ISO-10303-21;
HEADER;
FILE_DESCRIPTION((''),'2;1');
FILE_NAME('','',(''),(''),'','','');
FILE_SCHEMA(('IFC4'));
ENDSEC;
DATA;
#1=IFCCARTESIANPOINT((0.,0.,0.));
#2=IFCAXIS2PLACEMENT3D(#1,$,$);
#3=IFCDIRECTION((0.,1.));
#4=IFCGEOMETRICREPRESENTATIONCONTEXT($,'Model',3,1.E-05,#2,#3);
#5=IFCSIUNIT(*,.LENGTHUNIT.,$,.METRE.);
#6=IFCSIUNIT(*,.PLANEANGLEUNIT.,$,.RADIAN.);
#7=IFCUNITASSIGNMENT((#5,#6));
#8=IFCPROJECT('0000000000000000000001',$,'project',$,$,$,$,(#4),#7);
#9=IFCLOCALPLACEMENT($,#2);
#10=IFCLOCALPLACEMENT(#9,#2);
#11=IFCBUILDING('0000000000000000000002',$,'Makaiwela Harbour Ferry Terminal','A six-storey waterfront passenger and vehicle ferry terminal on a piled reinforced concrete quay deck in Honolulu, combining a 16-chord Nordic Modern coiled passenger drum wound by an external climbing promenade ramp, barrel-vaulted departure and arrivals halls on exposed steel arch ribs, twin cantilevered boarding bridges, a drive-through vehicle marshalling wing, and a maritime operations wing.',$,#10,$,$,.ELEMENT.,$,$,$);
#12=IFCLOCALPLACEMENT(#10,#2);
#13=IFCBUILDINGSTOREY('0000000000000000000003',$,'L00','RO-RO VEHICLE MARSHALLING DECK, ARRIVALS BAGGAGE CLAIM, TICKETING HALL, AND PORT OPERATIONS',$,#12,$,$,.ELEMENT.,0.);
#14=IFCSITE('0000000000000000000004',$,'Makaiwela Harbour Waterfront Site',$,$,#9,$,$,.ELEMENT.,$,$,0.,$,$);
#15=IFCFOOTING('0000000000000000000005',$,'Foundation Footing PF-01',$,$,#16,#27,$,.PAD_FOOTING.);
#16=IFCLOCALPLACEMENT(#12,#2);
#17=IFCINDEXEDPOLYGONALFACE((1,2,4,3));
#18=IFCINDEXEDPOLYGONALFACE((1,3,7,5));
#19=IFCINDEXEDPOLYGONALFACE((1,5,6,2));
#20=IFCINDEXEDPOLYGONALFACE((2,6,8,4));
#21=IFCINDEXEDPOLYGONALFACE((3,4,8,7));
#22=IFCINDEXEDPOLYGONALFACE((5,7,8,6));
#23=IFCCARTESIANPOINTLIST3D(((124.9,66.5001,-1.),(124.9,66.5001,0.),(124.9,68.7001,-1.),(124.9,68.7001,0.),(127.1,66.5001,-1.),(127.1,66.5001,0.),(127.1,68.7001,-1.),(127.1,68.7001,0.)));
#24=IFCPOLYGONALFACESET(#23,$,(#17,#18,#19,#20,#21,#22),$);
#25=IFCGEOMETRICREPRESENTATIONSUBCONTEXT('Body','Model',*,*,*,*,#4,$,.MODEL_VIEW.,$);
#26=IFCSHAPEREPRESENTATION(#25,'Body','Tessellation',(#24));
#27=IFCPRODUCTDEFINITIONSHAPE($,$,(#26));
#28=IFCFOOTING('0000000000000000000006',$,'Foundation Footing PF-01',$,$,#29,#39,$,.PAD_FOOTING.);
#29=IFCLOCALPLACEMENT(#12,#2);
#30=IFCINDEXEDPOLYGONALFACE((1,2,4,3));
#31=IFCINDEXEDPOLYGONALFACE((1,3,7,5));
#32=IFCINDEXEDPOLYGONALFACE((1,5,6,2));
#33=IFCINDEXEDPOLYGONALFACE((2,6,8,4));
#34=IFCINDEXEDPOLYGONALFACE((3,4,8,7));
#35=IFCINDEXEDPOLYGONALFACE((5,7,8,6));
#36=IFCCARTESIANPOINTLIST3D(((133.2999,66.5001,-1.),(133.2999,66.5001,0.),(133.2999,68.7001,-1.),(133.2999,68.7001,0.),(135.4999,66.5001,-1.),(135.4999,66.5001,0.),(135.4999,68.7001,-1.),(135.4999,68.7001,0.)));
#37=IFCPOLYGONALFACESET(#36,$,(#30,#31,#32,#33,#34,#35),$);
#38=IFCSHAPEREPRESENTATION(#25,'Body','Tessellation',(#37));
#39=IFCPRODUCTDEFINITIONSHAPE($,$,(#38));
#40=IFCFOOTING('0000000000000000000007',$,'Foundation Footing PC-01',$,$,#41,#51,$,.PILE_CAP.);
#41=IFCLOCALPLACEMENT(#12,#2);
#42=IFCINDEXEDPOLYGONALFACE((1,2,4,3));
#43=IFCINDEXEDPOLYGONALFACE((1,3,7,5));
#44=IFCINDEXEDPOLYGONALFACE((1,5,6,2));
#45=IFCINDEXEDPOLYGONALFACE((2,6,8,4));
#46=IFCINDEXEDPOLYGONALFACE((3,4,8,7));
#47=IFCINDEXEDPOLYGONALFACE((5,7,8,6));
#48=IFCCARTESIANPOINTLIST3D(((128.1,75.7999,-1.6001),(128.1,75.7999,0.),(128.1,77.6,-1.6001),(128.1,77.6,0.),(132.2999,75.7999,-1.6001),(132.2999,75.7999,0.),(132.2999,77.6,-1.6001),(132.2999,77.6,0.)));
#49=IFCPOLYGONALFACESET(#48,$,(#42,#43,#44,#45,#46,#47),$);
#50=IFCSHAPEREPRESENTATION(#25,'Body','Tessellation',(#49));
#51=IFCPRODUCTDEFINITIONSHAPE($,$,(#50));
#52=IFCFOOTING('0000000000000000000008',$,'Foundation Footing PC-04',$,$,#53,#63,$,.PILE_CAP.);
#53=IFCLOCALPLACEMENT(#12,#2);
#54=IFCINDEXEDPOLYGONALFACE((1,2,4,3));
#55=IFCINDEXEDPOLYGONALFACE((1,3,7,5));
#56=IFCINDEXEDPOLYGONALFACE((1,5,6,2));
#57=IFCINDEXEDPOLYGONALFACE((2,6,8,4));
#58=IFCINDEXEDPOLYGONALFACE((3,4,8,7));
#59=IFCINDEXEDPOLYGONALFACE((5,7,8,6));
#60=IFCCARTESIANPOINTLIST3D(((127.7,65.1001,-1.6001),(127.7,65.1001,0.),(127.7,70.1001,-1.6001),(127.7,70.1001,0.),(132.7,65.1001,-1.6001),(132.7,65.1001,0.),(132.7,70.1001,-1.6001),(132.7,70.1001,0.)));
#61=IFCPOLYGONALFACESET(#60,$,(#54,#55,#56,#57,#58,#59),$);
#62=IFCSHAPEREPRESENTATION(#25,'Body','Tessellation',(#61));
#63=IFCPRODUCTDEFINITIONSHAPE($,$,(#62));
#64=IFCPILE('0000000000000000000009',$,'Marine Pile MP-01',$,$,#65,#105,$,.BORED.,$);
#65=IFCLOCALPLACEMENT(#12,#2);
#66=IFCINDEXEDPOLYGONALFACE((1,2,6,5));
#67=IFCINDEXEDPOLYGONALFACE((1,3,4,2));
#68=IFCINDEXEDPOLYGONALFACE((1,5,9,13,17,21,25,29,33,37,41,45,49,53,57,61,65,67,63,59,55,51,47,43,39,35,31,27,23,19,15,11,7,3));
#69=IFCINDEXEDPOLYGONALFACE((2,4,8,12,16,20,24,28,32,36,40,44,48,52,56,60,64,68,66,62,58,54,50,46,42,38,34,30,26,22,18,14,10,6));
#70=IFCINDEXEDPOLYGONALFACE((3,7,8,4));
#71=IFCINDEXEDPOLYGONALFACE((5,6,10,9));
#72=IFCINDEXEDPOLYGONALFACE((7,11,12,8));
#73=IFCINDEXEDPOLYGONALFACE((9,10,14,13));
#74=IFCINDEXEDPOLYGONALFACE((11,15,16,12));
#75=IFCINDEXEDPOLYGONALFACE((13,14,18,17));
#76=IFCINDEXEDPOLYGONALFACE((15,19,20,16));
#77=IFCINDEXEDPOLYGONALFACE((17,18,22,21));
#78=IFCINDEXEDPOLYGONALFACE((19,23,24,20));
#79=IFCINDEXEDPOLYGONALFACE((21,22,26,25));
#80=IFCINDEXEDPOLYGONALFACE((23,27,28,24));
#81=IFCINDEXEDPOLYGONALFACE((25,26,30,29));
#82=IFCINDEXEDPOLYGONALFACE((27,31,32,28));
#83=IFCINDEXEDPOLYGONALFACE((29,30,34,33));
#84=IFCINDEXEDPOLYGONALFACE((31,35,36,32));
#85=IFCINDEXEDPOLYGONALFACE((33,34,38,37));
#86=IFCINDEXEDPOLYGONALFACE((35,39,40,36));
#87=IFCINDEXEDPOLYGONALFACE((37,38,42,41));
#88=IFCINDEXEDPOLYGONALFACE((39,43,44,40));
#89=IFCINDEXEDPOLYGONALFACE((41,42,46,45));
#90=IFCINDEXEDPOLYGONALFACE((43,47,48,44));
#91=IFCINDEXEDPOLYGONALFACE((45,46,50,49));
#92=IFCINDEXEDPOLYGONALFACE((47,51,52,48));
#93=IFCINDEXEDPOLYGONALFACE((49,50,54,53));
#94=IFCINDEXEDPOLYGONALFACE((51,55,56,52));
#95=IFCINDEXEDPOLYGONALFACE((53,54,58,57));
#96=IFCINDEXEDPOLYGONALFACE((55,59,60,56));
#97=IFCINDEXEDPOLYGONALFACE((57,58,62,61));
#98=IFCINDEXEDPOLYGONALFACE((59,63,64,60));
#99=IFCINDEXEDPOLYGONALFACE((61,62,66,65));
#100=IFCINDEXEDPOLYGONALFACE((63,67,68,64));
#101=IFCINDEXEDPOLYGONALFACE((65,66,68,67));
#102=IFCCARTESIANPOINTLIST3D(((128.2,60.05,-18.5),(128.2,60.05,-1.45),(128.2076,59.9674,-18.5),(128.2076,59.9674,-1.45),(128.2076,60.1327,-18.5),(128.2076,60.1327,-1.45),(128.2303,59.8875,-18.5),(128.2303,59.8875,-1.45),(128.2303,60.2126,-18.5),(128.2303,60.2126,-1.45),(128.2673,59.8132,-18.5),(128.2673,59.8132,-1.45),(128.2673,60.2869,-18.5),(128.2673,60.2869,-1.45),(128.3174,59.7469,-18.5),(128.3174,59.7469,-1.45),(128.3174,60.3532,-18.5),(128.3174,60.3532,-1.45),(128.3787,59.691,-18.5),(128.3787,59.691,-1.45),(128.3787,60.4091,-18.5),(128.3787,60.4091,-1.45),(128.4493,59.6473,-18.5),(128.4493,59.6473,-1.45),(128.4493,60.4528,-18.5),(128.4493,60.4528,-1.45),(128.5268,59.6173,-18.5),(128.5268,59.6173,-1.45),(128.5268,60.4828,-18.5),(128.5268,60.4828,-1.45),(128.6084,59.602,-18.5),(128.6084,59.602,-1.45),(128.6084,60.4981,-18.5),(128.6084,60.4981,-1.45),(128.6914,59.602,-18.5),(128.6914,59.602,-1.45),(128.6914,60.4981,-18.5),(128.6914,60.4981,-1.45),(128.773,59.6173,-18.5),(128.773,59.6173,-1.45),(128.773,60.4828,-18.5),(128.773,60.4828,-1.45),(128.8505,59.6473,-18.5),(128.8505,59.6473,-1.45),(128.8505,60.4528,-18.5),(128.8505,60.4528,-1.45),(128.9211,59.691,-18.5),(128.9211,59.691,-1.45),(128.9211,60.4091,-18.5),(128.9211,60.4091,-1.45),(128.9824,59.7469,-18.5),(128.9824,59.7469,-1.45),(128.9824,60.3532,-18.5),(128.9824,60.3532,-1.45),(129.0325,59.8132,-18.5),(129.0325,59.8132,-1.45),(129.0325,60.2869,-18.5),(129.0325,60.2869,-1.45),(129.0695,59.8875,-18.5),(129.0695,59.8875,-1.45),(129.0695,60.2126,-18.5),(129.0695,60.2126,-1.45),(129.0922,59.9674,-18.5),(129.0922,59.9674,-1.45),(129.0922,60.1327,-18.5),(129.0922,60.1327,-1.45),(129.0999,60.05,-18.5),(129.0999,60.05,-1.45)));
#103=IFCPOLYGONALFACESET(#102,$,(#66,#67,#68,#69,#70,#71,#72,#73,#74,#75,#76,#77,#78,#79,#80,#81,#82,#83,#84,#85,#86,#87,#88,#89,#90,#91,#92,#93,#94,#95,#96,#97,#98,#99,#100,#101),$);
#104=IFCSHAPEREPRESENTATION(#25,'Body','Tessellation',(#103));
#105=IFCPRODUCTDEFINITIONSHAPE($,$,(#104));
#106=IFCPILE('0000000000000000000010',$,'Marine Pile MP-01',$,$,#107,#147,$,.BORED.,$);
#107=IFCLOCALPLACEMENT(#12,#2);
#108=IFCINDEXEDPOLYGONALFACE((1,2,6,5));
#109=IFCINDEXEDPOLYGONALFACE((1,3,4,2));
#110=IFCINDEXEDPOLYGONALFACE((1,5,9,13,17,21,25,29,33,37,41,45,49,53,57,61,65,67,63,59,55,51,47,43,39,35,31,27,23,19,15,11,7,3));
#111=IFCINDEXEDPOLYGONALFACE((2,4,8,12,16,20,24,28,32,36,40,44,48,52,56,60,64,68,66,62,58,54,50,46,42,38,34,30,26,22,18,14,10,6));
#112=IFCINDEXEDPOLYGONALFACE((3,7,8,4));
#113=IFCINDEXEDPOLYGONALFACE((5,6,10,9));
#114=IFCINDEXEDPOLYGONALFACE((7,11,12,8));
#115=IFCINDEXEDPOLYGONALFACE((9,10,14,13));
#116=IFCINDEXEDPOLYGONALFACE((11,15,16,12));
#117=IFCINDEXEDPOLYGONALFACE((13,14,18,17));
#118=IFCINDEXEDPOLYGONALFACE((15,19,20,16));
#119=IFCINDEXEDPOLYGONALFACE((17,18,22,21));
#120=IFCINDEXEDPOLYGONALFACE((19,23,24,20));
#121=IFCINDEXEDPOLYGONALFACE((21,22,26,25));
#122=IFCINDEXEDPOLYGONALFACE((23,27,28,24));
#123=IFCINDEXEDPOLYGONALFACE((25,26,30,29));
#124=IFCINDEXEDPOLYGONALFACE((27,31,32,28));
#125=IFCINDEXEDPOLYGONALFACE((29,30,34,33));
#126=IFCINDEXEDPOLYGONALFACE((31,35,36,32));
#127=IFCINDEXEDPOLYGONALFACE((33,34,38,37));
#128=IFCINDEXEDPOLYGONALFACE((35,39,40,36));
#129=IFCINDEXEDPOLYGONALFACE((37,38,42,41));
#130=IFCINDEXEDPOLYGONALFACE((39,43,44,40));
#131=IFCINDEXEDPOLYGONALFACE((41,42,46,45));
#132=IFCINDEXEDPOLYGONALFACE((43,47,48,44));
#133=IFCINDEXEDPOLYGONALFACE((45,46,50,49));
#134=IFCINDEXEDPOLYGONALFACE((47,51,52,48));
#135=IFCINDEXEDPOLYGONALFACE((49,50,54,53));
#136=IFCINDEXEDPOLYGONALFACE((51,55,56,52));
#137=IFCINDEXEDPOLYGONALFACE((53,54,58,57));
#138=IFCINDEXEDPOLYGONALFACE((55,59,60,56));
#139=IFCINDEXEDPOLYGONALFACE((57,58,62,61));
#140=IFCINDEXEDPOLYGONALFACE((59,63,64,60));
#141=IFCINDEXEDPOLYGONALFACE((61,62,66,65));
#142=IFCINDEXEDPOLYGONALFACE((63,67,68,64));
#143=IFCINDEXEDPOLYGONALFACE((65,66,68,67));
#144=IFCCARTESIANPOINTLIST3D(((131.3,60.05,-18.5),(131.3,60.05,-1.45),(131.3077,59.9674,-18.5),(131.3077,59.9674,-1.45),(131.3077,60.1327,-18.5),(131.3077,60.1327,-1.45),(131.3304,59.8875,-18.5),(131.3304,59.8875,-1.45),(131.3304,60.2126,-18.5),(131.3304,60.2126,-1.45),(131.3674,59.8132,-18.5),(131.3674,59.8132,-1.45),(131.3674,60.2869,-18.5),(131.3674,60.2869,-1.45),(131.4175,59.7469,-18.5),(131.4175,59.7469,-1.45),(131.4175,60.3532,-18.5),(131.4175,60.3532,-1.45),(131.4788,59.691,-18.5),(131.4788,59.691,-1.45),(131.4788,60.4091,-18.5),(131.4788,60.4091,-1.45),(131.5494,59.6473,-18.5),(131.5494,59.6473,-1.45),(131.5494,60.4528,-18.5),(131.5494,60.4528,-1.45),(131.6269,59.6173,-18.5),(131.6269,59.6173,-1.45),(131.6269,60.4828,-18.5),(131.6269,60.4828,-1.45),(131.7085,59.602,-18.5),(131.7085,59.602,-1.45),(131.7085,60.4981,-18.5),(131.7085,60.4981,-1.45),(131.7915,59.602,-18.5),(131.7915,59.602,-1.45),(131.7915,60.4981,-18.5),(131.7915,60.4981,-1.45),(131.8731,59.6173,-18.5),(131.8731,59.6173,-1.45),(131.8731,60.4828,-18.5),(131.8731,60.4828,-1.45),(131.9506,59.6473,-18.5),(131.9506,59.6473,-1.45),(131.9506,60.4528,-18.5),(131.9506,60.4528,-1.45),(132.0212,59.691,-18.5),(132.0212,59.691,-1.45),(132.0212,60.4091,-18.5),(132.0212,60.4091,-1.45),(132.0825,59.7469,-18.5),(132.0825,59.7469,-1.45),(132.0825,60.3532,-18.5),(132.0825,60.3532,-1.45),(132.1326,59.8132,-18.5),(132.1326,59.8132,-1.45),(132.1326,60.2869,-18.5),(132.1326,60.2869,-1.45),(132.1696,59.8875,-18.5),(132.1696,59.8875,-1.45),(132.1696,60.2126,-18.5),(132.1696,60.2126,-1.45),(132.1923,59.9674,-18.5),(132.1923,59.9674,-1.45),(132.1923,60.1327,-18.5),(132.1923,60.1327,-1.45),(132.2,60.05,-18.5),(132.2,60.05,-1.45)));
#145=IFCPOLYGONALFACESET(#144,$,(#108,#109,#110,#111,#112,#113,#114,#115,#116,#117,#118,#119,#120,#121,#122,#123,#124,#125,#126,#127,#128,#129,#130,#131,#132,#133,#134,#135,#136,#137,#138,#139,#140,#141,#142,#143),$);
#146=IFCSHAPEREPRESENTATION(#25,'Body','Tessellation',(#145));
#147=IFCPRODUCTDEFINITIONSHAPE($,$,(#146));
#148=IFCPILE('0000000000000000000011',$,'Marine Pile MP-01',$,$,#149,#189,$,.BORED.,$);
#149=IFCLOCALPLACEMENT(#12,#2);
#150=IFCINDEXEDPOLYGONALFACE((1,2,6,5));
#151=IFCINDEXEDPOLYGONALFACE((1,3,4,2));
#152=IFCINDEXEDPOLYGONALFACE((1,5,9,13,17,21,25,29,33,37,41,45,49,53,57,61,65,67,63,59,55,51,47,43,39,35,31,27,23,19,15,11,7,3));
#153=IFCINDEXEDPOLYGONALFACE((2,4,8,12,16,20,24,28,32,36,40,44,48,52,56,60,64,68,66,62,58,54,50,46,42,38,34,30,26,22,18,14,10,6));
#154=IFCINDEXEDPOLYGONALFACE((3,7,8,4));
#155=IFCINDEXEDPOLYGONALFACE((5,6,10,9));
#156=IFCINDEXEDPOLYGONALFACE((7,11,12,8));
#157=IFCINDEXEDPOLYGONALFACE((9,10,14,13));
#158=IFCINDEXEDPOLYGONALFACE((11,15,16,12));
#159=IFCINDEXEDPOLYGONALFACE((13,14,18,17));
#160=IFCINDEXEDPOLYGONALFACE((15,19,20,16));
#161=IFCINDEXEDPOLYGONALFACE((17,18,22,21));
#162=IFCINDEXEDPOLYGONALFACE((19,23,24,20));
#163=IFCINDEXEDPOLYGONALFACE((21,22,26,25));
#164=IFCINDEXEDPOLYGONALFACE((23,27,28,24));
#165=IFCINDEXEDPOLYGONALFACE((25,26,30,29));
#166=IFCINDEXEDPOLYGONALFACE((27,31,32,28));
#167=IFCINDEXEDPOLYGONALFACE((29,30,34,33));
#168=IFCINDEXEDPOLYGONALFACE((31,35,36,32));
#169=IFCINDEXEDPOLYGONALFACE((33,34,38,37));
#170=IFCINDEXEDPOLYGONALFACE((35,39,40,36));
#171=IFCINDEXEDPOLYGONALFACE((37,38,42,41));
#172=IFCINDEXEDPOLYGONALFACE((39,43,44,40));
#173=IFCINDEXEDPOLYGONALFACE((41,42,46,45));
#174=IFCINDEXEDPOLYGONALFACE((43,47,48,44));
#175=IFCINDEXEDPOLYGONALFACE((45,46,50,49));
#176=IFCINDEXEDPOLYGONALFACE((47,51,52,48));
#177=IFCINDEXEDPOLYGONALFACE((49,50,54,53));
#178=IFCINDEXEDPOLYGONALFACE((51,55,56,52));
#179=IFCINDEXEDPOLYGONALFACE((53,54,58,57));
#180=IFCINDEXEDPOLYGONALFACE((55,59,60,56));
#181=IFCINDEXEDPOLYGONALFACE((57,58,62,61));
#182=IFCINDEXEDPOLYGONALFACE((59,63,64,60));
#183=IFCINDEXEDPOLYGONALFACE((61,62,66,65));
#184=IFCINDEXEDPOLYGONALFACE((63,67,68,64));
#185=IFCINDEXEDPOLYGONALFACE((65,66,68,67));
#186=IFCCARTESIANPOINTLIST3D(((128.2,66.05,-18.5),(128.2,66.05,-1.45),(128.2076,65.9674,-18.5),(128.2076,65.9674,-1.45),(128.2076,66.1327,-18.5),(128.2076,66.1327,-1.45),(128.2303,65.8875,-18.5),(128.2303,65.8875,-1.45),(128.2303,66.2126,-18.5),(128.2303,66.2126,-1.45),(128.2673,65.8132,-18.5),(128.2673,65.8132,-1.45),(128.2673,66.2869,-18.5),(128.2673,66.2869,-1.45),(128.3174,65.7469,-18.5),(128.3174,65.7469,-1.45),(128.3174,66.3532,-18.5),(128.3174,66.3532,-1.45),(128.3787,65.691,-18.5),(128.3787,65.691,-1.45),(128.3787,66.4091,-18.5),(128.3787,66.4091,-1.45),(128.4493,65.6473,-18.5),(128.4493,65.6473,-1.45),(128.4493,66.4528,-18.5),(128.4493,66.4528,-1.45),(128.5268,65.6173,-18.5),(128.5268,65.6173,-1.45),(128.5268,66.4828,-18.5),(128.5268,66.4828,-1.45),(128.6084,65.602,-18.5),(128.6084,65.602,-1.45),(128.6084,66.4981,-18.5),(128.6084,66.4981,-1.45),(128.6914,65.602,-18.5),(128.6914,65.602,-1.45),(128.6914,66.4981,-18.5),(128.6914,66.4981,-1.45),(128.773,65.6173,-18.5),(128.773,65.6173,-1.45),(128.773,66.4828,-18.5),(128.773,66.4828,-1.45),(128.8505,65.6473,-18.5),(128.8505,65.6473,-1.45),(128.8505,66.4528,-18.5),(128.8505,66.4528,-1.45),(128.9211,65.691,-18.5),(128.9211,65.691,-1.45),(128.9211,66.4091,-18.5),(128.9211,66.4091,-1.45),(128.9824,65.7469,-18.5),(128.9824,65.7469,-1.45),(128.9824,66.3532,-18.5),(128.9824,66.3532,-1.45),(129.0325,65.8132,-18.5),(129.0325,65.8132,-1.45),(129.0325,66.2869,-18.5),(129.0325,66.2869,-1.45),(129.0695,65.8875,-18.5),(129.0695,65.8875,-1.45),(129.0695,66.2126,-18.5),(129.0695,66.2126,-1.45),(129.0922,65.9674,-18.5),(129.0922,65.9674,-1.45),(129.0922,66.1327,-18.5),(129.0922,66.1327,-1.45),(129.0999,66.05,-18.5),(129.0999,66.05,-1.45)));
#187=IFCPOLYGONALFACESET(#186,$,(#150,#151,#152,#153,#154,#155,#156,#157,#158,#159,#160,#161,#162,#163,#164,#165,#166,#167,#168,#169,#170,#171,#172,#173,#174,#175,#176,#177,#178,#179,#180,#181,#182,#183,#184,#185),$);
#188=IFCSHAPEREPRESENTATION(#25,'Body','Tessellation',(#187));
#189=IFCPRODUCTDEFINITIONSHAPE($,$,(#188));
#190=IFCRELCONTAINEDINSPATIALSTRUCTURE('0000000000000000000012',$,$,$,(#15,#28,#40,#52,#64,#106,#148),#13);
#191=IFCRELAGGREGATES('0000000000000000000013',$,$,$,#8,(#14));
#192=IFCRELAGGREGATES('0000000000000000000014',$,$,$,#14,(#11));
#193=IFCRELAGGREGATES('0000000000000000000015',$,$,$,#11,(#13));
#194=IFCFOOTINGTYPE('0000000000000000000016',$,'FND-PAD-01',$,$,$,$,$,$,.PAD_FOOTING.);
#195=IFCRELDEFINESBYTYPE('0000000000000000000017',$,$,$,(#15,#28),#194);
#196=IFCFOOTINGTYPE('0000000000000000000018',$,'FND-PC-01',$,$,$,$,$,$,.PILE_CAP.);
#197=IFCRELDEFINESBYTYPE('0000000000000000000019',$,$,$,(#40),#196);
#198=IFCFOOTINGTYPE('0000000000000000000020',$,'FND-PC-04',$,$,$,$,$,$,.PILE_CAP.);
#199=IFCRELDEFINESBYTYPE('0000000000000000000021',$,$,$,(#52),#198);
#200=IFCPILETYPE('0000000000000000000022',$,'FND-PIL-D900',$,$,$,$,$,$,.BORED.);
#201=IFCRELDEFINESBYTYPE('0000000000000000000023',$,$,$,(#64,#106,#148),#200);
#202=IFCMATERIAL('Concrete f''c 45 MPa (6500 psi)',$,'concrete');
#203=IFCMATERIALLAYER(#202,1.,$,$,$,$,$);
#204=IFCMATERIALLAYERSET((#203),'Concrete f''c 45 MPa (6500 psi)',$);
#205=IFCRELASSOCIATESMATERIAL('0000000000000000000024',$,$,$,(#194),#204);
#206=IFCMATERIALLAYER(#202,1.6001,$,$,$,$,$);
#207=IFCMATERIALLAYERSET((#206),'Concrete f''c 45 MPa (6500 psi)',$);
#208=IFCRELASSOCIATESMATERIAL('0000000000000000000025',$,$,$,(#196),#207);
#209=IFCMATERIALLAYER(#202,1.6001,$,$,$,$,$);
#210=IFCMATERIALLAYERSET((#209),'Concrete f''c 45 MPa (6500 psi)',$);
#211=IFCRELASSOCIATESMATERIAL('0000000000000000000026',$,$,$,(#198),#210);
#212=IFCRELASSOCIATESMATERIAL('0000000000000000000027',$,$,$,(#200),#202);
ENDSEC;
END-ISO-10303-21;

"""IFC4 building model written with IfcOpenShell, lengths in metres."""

from ifc_helpers import new_model, si_unit, direction, frame, origin, origin_2d, place, context, subcontext, project, spatial, rectangle, circle, extrude, material, layer, layer_set, material_profile, profile_set, type_object, element, save


model = new_model("IFC4")

# Units and contexts
model_context = context("Model", 3, precision=1e-05, world=origin(), true_north=direction((0.0, 1.0)))
body_context = subcontext(model_context, "Body", "Model", "MODEL_VIEW")
ifc_project = project(units=[si_unit("LENGTHUNIT", "METRE"), si_unit("PLANEANGLEUNIT", "RADIAN")], contexts=[model_context])

# Site, building, storey
site_placement = place(None, origin())
site = spatial("IfcSite", under=ifc_project, at=site_placement, Name="Makaiwela Harbour Waterfront Site", CompositionType="ELEMENT", RefElevation=0.0)
building_placement = place(site_placement, origin())
building = spatial("IfcBuilding", under=site, at=building_placement, Name="Makaiwela Harbour Ferry Terminal", Description="A six-storey waterfront passenger and vehicle ferry terminal on a piled reinforced concrete quay deck in Honolulu, combining a 16-chord Nordic Modern coiled passenger drum wound by an external climbing promenade ramp, barrel-vaulted departure and arrivals halls on exposed steel arch ribs, twin cantilevered boarding bridges, a drive-through vehicle marshalling wing, and a maritime operations wing.", CompositionType="ELEMENT")
storey_placement = place(building_placement, origin())
storey = spatial("IfcBuildingStorey", under=building, at=storey_placement, Name="L00", Description="RO-RO VEHICLE MARSHALLING DECK, ARRIVALS BAGGAGE CLAIM, TICKETING HALL, AND PORT OPERATIONS", CompositionType="ELEMENT", Elevation=0.0)

# Footings
ifc_material_1 = material(Name="Concrete f'c 45 MPa (6500 psi)", Category="concrete")
ifc_layer_1 = layer(ifc_material_1, 1.0)
ifc_layer_set_1 = layer_set([ifc_layer_1], Name="Concrete f'c 45 MPa (6500 psi)")
footing_type_1 = type_object("IfcFootingType", Name="FND-PAD-01", PredefinedType="PAD_FOOTING", material=ifc_layer_set_1)
for number, where, z_axis, x_axis, name in (
    (1, (126.0, 67.6001, -1.0), (0.0, 0.0, 1.0), (1.0, 0.0, 0.0), "Foundation Footing PF-01"),
    (2, (134.3999, 67.6001, -1.0), (0.0, 0.0, 1.0), (1.0, 0.0, 0.0), "Foundation Footing PF-01"),
):
    element("IfcFooting", number, at=place(storey_placement, frame(where, z_axis=z_axis, x_axis=x_axis)), inside=storey, type_object=footing_type_1, Name=name, PredefinedType="PAD_FOOTING", context=body_context, shape_type="SweptSolid", body=[
        extrude(rectangle(XDim=2.2, YDim=2.2, at=origin_2d()), origin(), (0.0, 0.0, 1.0), 1.0),
    ])
ifc_layer_2 = layer(ifc_material_1, 1.6001)
ifc_layer_set_2 = layer_set([ifc_layer_2], Name="Concrete f'c 45 MPa (6500 psi)")
footing_type_2 = type_object("IfcFootingType", Name="FND-PC-01", PredefinedType="PILE_CAP", material=ifc_layer_set_2)
footing_1_placement = place(storey_placement, frame((130.2, 76.7, -1.6001), z_axis=(0.0, 0.0, 1.0), x_axis=(1.0, 0.0, 0.0)))
element("IfcFooting", 3, at=footing_1_placement, inside=storey, type_object=footing_type_2, Name="Foundation Footing PC-01", PredefinedType="PILE_CAP", context=body_context, shape_type="SweptSolid", body=[
    extrude(rectangle(XDim=4.2, YDim=1.8, at=origin_2d()), origin(), (0.0, 0.0, 1.0), 1.6001),
])
ifc_layer_3 = layer(ifc_material_1, 1.6001)
ifc_layer_set_3 = layer_set([ifc_layer_3], Name="Concrete f'c 45 MPa (6500 psi)")
footing_type_3 = type_object("IfcFootingType", Name="FND-PC-04", PredefinedType="PILE_CAP", material=ifc_layer_set_3)
footing_2_placement = place(storey_placement, frame((130.2, 67.6001, -1.6001), z_axis=(0.0, 0.0, 1.0), x_axis=(1.0, 0.0, 0.0)))
element("IfcFooting", 4, at=footing_2_placement, inside=storey, type_object=footing_type_3, Name="Foundation Footing PC-04", PredefinedType="PILE_CAP", context=body_context, shape_type="SweptSolid", body=[
    extrude(rectangle(XDim=5.0, YDim=5.0, at=origin_2d()), origin(), (0.0, 0.0, 1.0), 1.6001),
])

# Piles
ifc_material_profile_1 = material_profile(ifc_material_1, circle(Radius=0.45, at=origin_2d()), Name="PILE-D900")
ifc_profile_set_1 = profile_set([ifc_material_profile_1], Name="Concrete f'c 45 MPa (6500 psi)")
pile_type = type_object("IfcPileType", Name="FND-PIL-D900", PredefinedType="BORED", material=ifc_profile_set_1)
for number, where, z_axis, x_axis, name in (
    (5, (128.6499, 60.05, -1.45), (0.0, 0.0, -1.0), (1.0, 0.0, 0.0), "Marine Pile MP-01"),
    (6, (131.75, 60.05, -1.45), (0.0, 0.0, -1.0), (1.0, 0.0, 0.0), "Marine Pile MP-01"),
    (7, (128.6499, 66.05, -1.45), (0.0, 0.0, -1.0), (1.0, 0.0, 0.0), "Marine Pile MP-01"),
):
    element("IfcPile", number, at=place(storey_placement, frame(where, z_axis=z_axis, x_axis=x_axis)), inside=storey, type_object=pile_type, Name=name, PredefinedType="BORED", context=body_context, shape_type="SweptSolid", body=[
        extrude(circle(Radius=0.45, at=origin_2d()), origin(), (0.0, 0.0, 1.0), 17.05),
    ])

save(model, "model.ifc")
